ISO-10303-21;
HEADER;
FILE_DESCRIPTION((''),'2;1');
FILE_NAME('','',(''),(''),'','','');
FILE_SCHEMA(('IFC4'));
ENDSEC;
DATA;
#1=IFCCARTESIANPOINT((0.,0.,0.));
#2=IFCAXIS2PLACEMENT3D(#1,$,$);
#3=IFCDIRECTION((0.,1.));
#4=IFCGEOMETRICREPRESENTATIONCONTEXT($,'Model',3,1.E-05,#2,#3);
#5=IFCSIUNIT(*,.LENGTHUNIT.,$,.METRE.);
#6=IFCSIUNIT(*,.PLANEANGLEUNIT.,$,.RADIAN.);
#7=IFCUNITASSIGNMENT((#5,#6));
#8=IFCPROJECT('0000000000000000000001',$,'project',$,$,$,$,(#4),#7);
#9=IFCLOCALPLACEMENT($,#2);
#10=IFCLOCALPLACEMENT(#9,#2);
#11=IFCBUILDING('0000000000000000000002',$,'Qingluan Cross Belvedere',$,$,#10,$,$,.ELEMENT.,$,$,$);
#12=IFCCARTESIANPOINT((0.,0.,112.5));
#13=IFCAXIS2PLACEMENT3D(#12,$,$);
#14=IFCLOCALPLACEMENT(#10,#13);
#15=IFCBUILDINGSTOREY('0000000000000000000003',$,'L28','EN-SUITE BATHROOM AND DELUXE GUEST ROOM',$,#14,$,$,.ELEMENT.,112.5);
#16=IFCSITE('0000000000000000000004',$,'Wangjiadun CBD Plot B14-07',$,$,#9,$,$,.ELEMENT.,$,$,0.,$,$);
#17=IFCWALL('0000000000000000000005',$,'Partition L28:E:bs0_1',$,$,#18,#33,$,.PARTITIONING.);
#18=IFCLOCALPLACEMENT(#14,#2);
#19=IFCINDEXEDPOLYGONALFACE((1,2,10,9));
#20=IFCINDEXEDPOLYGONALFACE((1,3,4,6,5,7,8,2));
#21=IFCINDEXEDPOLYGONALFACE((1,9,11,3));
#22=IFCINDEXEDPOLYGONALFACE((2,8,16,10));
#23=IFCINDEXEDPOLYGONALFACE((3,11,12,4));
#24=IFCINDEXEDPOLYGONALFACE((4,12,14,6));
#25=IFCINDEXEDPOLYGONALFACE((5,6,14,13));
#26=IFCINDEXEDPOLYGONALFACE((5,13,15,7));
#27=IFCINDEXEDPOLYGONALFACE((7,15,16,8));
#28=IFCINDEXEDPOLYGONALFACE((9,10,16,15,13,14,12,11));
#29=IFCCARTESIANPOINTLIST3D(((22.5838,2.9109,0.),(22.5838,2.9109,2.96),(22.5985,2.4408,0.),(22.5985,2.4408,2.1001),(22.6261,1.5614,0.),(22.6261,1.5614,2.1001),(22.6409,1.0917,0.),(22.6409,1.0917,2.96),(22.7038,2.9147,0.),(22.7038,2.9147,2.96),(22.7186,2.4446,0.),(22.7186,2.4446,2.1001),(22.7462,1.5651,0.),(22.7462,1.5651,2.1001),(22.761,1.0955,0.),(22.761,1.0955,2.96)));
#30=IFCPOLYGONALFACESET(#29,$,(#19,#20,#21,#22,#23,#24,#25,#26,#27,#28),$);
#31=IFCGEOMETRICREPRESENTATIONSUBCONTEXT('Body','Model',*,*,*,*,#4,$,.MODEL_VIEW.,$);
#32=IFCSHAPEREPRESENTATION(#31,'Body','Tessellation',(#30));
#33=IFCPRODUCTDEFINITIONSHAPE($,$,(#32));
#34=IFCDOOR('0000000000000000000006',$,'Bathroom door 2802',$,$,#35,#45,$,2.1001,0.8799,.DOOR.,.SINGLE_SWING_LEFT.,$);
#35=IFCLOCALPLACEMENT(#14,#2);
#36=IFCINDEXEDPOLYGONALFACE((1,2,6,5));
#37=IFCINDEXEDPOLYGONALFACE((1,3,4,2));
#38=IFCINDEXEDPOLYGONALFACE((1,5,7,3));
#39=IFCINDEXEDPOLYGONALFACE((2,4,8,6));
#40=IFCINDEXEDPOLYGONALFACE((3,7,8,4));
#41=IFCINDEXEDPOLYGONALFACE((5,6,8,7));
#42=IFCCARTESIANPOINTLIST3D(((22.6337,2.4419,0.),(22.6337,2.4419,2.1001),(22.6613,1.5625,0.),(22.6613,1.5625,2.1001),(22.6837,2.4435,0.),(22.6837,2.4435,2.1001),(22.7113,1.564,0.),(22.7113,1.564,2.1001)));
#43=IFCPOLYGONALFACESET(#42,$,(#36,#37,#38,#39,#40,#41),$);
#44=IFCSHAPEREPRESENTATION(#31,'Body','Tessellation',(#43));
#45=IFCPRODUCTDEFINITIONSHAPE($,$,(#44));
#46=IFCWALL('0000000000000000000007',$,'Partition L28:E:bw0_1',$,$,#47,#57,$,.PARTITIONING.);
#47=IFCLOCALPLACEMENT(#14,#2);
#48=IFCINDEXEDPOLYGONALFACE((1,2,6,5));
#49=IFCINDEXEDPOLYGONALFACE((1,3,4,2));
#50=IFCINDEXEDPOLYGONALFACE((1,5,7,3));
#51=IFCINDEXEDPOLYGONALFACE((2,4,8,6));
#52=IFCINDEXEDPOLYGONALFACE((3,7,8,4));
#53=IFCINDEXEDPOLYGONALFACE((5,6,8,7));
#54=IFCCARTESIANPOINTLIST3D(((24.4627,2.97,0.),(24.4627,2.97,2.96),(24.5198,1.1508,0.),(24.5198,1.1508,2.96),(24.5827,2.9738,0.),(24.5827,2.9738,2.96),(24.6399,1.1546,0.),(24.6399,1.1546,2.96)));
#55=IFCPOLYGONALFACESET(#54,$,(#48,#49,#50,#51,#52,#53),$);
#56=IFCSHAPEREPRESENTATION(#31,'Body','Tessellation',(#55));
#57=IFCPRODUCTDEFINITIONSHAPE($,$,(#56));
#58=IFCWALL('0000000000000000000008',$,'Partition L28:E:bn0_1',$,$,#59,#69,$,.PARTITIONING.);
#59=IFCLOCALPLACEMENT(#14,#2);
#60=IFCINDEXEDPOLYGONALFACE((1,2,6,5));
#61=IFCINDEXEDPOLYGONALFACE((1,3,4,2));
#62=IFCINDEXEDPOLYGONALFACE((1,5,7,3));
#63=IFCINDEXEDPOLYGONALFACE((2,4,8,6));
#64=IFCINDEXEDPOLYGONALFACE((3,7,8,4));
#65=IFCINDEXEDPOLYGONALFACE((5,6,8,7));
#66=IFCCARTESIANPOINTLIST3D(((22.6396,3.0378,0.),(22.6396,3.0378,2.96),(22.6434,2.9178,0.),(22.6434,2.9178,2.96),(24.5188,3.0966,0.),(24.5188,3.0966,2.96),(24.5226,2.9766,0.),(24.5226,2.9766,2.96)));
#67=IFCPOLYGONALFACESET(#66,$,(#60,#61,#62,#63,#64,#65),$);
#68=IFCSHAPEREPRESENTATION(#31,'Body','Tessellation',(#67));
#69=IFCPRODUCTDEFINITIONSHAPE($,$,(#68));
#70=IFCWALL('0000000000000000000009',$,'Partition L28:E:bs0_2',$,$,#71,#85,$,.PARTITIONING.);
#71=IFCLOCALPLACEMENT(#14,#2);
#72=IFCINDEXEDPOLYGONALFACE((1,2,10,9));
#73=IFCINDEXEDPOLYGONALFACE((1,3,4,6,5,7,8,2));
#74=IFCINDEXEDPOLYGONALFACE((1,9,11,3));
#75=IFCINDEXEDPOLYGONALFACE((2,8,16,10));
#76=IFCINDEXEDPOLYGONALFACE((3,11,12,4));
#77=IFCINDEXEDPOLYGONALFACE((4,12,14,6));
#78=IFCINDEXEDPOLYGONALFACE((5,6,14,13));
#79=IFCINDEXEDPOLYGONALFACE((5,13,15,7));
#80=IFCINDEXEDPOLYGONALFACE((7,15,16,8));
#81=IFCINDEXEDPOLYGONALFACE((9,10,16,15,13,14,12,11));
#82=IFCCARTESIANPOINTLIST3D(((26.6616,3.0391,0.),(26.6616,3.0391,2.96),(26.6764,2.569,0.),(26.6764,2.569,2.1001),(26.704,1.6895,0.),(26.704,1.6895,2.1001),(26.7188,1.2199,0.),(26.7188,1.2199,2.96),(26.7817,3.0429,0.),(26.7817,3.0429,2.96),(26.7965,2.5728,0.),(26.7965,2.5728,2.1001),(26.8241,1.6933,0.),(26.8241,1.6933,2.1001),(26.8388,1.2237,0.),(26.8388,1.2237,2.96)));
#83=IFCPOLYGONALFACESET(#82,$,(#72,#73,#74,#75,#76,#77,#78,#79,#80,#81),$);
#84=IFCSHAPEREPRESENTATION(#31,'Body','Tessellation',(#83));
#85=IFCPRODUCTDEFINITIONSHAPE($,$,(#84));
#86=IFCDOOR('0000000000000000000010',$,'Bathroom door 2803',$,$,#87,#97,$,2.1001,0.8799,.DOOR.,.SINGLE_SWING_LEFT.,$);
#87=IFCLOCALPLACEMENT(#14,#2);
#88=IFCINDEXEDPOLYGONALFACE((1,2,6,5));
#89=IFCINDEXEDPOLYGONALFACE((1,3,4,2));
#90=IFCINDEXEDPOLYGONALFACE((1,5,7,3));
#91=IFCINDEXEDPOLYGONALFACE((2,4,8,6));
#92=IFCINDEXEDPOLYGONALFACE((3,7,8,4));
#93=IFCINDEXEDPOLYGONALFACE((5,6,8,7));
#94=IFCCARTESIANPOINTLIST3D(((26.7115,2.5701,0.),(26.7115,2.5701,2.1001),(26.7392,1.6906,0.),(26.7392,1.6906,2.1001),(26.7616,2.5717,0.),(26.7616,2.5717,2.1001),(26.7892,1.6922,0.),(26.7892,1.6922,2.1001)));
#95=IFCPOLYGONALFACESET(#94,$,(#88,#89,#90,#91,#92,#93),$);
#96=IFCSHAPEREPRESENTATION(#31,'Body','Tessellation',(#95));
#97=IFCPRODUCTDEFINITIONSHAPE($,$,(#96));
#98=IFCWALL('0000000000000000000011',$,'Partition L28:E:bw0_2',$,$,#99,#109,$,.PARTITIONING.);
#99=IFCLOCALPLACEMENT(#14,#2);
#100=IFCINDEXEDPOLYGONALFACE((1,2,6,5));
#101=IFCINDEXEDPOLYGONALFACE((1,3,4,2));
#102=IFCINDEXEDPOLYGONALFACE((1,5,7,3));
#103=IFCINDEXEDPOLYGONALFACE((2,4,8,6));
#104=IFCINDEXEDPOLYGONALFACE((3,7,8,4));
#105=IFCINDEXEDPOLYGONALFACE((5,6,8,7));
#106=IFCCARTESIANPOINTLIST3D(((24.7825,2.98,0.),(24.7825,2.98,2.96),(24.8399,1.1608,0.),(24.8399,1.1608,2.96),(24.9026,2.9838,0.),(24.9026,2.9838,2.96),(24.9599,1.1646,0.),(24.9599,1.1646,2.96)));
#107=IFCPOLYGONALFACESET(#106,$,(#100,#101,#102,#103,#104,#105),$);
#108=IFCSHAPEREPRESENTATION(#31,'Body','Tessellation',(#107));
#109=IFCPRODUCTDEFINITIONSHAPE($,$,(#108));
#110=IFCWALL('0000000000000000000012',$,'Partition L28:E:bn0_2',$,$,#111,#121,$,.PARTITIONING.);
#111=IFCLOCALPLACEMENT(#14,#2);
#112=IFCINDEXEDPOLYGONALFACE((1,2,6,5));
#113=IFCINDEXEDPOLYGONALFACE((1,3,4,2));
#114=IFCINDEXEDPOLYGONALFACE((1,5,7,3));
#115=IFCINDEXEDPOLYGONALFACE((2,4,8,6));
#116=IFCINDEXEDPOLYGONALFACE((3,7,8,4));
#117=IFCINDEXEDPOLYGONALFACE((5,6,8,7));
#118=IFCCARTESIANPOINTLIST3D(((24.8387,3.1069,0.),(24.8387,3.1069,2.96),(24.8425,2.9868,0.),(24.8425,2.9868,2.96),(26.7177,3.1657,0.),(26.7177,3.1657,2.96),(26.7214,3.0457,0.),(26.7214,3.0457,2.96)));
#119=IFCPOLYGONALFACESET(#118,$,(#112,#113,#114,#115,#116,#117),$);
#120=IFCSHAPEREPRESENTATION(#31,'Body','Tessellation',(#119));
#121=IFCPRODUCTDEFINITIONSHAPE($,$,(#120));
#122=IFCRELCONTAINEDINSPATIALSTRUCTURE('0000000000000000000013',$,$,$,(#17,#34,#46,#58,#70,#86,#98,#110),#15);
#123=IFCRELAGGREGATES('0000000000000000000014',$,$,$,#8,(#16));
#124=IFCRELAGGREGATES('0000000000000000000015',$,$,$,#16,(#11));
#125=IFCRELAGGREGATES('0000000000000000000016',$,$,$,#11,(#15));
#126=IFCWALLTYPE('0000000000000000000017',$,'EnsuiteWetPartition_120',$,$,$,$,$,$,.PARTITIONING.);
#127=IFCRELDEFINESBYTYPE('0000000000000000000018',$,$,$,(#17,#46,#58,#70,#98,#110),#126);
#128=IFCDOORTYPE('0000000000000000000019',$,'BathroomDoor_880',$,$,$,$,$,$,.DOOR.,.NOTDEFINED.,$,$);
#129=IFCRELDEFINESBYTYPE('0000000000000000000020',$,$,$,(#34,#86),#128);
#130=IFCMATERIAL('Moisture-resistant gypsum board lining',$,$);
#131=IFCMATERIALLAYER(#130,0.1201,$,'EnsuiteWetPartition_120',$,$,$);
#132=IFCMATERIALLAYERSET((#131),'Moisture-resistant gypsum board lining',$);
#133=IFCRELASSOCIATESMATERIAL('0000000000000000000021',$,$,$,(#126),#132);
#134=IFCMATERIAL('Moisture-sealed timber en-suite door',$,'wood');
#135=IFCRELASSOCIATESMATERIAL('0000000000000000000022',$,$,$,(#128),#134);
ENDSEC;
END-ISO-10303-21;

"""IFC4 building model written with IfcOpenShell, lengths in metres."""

from ifc_helpers import new_model, si_unit, direction, frame, frame_2d, origin, place, context, subcontext, project, spatial, rectangle, extrude, material, layer, layer_set, type_object, element, fill, save


model = new_model("IFC4")

# Units and contexts
model_context = context("Model", 3, precision=1e-05, world=origin(), true_north=direction((0.0, 1.0)))
body_context = subcontext(model_context, "Body", "Model", "MODEL_VIEW")
ifc_project = project(units=[si_unit("LENGTHUNIT", "METRE"), si_unit("PLANEANGLEUNIT", "RADIAN")], contexts=[model_context])

# Site, building, storey
site_placement = place(None, origin())
site = spatial("IfcSite", under=ifc_project, at=site_placement, Name="Wangjiadun CBD Plot B14-07", CompositionType="ELEMENT", RefElevation=0.0)
building_placement = place(site_placement, origin())
building = spatial("IfcBuilding", under=site, at=building_placement, Name="Qingluan Cross Belvedere", CompositionType="ELEMENT")
storey_placement = place(building_placement, frame((0.0, 0.0, 112.5)))
storey = spatial("IfcBuildingStorey", under=building, at=storey_placement, Name="L28", Description="EN-SUITE BATHROOM AND DELUXE GUEST ROOM", CompositionType="ELEMENT", Elevation=112.5)

# Shared definitions
ifc_material_1 = material(Name="Moisture-resistant gypsum board lining")
ifc_layer_1 = layer(ifc_material_1, 0.1201, Name="EnsuiteWetPartition_120")
ifc_layer_set_1 = layer_set([ifc_layer_1], Name="Moisture-resistant gypsum board lining")
wall_type_1 = type_object("IfcWallType", Name="EnsuiteWetPartition_120", PredefinedType="PARTITIONING", material=ifc_layer_set_1)
ifc_material_2 = material(Name="Moisture-sealed timber en-suite door", Category="wood")
door_type_1 = type_object("IfcDoorType", Name="BathroomDoor_880", OperationType="NOTDEFINED", PredefinedType="DOOR", material=ifc_material_2)

# Wall, opening, door
wall_1_placement = place(storey_placement, frame((22.7009, 1.0935, 0.0), z_axis=(0.0, 0.0, 1.0), x_axis=(-0.03139, 0.999507, 0.0)))
wall_1 = element("IfcWall", 1, at=wall_1_placement, inside=storey, type_object=wall_type_1, Name="Partition L28:E:bs0_1", PredefinedType="PARTITIONING", context=body_context, shape_type="SweptSolid", body=[
    extrude(rectangle(XDim=1.8201, YDim=0.1201, at=frame_2d((0.9102, 0.0))), origin(), (0.0, 0.0, 1.0), 2.96),
])
opening_1_placement = place(wall_1_placement, frame((0.47, 0.0, 0.0)))
opening_1 = element("IfcOpeningElement", 2, at=opening_1_placement, cuts=wall_1, PredefinedType="OPENING", context=body_context, shape_type="SweptSolid", body=[
    extrude(rectangle(XDim=0.8799, YDim=2.1001, at=frame_2d((0.4399, 1.05))), frame((0.0, 0.0701, 0.0), z_axis=(0.0, -1.0, 0.0), x_axis=(1.0, 0.0, 0.0)), (0.0, 0.0, 1.0), 0.1401),
])
door_1_placement = place(opening_1_placement, origin())
door_1 = element("IfcDoor", 3, at=door_1_placement, inside=storey, type_object=door_type_1, Name="Bathroom door 2802", OperationType="SINGLE_SWING_LEFT", OverallHeight=2.1001, OverallWidth=0.8799, PredefinedType="DOOR", context=body_context, shape_type="SweptSolid", body=[
    extrude(rectangle(XDim=0.8799, YDim=2.1001, at=frame_2d((0.4399, 1.05))), frame((0.0, 0.0249, 0.0), z_axis=(0.0, -1.0, 0.0), x_axis=(1.0, 0.0, 0.0)), (0.0, 0.0, 1.0), 0.05),
])
fill(opening_1, door_1)

# Walls
wall_2_placement = place(storey_placement, frame((24.5798, 1.1526, 0.0), z_axis=(0.0, 0.0, 1.0), x_axis=(-0.03139, 0.999507, 0.0)))
element("IfcWall", 4, at=wall_2_placement, inside=storey, type_object=wall_type_1, Name="Partition L28:E:bw0_1", PredefinedType="PARTITIONING", context=body_context, shape_type="SweptSolid", body=[
    extrude(rectangle(XDim=1.8201, YDim=0.1201, at=frame_2d((0.9102, 0.0))), origin(), (0.0, 0.0, 1.0), 2.96),
])
wall_3_placement = place(storey_placement, frame((22.6416, 2.9778, 0.0), z_axis=(0.0, 0.0, 1.0), x_axis=(0.99951, 0.031296, 0.0)))
element("IfcWall", 5, at=wall_3_placement, inside=storey, type_object=wall_type_1, Name="Partition L28:E:bn0_1", PredefinedType="PARTITIONING", context=body_context, shape_type="SweptSolid", body=[
    extrude(rectangle(XDim=1.8801, YDim=0.1201, at=frame_2d((0.9399, 0.0))), origin(), (0.0, 0.0, 1.0), 2.96),
])

# Wall, opening, door
wall_4_placement = place(storey_placement, frame((26.7788, 1.2217, 0.0), z_axis=(0.0, 0.0, 1.0), x_axis=(-0.03139, 0.999507, 0.0)))
wall_4 = element("IfcWall", 6, at=wall_4_placement, inside=storey, type_object=wall_type_1, Name="Partition L28:E:bs0_2", PredefinedType="PARTITIONING", context=body_context, shape_type="SweptSolid", body=[
    extrude(rectangle(XDim=1.8201, YDim=0.1201, at=frame_2d((0.9102, 0.0))), origin(), (0.0, 0.0, 1.0), 2.96),
])
opening_2_placement = place(wall_4_placement, frame((0.47, 0.0, 0.0)))
opening_2 = element("IfcOpeningElement", 7, at=opening_2_placement, cuts=wall_4, PredefinedType="OPENING", context=body_context, shape_type="SweptSolid", body=[
    extrude(rectangle(XDim=0.8799, YDim=2.1001, at=frame_2d((0.4399, 1.05))), frame((0.0, 0.0701, 0.0), z_axis=(0.0, -1.0, 0.0), x_axis=(1.0, 0.0, 0.0)), (0.0, 0.0, 1.0), 0.1401),
])
door_2_placement = place(opening_2_placement, origin())
door_2 = element("IfcDoor", 8, at=door_2_placement, inside=storey, type_object=door_type_1, Name="Bathroom door 2803", OperationType="SINGLE_SWING_LEFT", OverallHeight=2.1001, OverallWidth=0.8799, PredefinedType="DOOR", context=body_context, shape_type="SweptSolid", body=[
    extrude(rectangle(XDim=0.8799, YDim=2.1001, at=frame_2d((0.4399, 1.05))), frame((0.0, 0.0249, 0.0), z_axis=(0.0, -1.0, 0.0), x_axis=(1.0, 0.0, 0.0)), (0.0, 0.0, 1.0), 0.05),
])
fill(opening_2, door_2)

# Walls
wall_5_placement = place(storey_placement, frame((24.8999, 1.1626, 0.0), z_axis=(0.0, 0.0, 1.0), x_axis=(-0.031524, 0.999503, 0.0)))
element("IfcWall", 9, at=wall_5_placement, inside=storey, type_object=wall_type_1, Name="Partition L28:E:bw0_2", PredefinedType="PARTITIONING", context=body_context, shape_type="SweptSolid", body=[
    extrude(rectangle(XDim=1.8201, YDim=0.1201, at=frame_2d((0.9102, 0.0))), origin(), (0.0, 0.0, 1.0), 2.96),
])
wall_6_placement = place(storey_placement, frame((24.8406, 3.0469, 0.0), z_axis=(0.0, 0.0, 1.0), x_axis=(0.99951, 0.0313, 0.0)))
element("IfcWall", 10, at=wall_6_placement, inside=storey, type_object=wall_type_1, Name="Partition L28:E:bn0_2", PredefinedType="PARTITIONING", context=body_context, shape_type="SweptSolid", body=[
    extrude(rectangle(XDim=1.8799, YDim=0.1201, at=frame_2d((0.9399, 0.0))), origin(), (0.0, 0.0, 1.0), 2.96),
])

save(model, "model.ifc")
